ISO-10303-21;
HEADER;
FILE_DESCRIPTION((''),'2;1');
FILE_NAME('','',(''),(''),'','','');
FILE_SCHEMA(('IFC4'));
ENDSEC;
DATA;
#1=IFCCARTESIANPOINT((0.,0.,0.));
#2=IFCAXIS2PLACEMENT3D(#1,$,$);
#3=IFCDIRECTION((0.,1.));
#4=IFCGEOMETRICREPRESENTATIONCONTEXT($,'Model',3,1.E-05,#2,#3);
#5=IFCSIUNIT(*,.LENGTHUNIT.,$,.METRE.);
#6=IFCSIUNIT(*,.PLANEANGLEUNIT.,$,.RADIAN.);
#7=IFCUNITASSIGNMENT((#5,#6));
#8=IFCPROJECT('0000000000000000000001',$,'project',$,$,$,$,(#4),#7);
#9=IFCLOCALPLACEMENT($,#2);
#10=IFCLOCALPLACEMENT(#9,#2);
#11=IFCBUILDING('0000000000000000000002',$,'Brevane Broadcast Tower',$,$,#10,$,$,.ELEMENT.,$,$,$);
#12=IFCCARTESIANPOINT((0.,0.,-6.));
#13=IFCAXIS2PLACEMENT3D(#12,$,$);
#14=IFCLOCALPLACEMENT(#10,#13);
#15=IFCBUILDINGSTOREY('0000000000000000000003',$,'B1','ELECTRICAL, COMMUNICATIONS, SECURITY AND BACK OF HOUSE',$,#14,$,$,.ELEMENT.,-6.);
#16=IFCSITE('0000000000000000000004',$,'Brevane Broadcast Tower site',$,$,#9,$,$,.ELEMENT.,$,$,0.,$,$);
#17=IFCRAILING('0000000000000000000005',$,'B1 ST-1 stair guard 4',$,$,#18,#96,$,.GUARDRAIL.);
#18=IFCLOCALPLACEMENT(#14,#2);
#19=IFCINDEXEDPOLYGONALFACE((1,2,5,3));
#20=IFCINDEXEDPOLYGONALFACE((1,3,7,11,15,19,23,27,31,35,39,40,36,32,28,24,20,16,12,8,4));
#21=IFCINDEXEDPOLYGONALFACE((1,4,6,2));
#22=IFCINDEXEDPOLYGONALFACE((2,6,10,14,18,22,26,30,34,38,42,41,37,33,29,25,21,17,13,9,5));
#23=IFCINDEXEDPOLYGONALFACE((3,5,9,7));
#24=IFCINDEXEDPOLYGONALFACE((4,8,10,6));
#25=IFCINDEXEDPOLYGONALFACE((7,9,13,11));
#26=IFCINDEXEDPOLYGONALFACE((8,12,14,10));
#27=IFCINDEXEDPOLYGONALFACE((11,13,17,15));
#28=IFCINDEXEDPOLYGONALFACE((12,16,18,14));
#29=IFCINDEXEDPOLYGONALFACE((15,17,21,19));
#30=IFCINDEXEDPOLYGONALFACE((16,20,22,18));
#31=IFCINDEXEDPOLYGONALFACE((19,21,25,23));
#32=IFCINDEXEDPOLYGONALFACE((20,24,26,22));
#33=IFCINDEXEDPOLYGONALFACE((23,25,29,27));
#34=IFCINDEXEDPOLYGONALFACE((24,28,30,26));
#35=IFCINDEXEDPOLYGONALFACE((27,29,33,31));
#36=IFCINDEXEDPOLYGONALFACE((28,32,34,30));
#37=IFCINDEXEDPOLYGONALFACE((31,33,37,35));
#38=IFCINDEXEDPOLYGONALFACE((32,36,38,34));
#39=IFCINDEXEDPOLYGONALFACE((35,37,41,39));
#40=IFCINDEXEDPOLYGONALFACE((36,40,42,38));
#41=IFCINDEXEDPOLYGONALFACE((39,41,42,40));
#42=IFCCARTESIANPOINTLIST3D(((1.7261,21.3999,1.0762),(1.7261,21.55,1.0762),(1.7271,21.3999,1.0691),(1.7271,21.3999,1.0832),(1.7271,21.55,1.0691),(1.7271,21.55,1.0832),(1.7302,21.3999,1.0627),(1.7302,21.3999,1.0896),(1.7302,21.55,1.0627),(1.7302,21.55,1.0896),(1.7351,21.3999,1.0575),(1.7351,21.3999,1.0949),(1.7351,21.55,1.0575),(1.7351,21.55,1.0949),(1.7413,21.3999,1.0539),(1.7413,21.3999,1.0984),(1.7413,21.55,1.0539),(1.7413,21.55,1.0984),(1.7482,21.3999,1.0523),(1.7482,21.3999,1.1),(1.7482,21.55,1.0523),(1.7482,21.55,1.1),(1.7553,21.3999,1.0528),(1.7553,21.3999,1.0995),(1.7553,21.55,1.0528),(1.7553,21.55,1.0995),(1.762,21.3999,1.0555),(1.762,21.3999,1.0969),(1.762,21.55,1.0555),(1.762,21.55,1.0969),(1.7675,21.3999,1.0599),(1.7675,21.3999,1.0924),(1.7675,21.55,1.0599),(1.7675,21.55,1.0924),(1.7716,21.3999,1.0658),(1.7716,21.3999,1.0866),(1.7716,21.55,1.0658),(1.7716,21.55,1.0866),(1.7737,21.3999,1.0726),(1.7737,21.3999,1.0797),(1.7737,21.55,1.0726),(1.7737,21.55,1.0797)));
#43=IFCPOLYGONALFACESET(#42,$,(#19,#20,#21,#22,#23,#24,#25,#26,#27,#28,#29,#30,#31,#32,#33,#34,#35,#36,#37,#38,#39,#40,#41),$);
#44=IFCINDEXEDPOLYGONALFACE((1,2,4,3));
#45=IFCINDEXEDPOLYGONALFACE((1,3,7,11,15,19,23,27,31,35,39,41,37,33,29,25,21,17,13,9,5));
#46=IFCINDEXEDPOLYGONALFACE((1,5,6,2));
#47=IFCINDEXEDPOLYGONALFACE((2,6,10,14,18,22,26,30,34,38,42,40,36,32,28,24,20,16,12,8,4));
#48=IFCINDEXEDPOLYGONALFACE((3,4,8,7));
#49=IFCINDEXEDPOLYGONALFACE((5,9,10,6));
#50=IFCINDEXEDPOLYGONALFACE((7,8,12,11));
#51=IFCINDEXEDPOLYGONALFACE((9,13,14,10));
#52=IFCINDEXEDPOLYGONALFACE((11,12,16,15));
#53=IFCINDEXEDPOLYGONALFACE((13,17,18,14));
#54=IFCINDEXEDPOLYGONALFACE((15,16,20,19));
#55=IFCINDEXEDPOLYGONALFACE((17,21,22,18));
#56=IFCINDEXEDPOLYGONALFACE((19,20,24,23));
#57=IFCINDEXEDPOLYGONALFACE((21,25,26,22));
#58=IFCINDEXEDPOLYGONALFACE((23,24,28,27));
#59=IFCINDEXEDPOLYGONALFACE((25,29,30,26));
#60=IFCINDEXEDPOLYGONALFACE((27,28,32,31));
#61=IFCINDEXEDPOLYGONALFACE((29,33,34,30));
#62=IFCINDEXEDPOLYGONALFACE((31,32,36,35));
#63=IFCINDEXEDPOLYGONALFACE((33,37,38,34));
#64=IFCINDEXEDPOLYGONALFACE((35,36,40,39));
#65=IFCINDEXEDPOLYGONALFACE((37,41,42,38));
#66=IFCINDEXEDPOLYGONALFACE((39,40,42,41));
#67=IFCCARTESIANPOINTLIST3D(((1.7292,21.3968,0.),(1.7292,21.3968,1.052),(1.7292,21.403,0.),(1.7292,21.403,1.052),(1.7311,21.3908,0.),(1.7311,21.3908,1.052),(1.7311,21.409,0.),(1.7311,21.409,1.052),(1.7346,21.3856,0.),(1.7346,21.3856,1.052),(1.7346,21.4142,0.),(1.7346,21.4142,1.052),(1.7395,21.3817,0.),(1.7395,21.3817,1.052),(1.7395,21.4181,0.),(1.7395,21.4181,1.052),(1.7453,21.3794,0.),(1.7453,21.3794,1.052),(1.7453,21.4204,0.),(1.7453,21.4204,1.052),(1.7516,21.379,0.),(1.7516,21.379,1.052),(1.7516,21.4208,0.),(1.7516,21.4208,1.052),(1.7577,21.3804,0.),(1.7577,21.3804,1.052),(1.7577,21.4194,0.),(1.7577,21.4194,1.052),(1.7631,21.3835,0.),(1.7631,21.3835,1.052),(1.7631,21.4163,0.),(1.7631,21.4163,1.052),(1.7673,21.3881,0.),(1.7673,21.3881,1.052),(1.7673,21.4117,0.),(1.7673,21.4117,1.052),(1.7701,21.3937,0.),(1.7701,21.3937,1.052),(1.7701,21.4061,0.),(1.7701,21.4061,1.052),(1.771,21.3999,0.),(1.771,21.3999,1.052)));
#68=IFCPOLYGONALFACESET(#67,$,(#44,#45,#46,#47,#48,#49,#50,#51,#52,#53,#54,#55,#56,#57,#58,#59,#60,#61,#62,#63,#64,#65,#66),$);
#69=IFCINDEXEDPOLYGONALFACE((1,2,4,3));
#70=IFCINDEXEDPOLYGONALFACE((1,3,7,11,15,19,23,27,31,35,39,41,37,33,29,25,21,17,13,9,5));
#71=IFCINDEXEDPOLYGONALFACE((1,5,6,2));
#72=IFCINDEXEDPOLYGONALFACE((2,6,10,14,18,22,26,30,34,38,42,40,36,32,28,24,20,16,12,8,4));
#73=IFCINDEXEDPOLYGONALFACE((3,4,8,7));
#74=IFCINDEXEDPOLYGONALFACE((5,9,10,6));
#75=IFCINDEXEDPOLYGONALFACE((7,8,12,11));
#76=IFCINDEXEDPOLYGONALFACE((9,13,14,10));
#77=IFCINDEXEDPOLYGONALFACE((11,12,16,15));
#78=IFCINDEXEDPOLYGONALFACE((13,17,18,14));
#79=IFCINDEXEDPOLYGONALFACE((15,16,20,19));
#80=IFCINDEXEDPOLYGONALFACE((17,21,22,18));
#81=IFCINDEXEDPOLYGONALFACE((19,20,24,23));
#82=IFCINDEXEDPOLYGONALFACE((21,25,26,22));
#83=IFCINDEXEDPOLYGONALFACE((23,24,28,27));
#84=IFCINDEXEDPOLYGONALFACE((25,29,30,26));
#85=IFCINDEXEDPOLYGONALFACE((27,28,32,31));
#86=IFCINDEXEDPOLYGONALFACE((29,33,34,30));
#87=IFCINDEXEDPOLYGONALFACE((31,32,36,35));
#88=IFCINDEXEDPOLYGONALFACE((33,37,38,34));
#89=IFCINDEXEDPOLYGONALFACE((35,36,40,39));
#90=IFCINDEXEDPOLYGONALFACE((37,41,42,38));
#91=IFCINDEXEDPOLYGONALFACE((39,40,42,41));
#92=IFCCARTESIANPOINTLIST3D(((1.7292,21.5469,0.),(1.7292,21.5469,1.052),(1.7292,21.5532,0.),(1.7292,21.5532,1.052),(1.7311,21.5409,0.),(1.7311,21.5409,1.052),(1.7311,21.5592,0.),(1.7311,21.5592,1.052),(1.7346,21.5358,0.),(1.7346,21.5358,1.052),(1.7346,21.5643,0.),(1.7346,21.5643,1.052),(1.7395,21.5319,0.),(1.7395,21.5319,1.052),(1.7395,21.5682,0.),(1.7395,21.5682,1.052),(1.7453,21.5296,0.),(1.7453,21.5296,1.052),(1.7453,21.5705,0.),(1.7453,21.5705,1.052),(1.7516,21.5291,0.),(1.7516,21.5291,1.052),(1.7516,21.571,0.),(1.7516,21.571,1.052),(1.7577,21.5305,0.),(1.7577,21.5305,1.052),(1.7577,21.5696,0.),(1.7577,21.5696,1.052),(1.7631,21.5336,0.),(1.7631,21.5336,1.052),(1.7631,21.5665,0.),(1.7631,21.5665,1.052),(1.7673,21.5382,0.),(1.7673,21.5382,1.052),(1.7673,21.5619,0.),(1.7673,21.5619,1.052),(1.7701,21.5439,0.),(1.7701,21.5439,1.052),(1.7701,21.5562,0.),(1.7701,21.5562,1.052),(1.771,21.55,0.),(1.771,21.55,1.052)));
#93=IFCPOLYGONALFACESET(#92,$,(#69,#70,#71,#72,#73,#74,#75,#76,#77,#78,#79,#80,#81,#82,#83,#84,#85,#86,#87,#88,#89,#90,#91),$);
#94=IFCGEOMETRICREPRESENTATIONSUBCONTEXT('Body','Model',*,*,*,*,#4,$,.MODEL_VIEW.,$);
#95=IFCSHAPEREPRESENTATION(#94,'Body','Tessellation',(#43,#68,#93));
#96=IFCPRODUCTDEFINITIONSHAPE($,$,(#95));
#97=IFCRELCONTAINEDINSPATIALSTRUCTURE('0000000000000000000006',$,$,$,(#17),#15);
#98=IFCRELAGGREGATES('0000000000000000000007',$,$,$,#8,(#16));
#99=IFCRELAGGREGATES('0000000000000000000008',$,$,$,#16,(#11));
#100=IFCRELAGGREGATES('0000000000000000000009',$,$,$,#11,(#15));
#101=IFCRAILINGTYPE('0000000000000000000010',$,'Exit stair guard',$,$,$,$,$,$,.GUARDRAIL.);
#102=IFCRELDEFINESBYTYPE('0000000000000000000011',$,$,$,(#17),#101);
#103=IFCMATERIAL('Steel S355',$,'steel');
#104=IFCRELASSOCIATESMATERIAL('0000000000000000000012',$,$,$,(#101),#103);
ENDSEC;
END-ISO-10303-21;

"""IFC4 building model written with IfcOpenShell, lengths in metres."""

from ifc_helpers import new_model, si_unit, direction, frame, origin, origin_2d, place, context, subcontext, project, spatial, circle, extrude, material, type_object, element, save


model = new_model("IFC4")

# Units and contexts
model_context = context("Model", 3, precision=1e-05, world=origin(), true_north=direction((0.0, 1.0)))
body_context = subcontext(model_context, "Body", "Model", "MODEL_VIEW")
ifc_project = project(units=[si_unit("LENGTHUNIT", "METRE"), si_unit("PLANEANGLEUNIT", "RADIAN")], contexts=[model_context])

# Site, building, storey
site_placement = place(None, origin())
site = spatial("IfcSite", under=ifc_project, at=site_placement, Name="Brevane Broadcast Tower site", CompositionType="ELEMENT", RefElevation=0.0)
building_placement = place(site_placement, origin())
building = spatial("IfcBuilding", under=site, at=building_placement, Name="Brevane Broadcast Tower", CompositionType="ELEMENT")
storey_placement = place(building_placement, frame((0.0, 0.0, -6.0)))
storey = spatial("IfcBuildingStorey", under=building, at=storey_placement, Name="B1", Description="ELECTRICAL, COMMUNICATIONS, SECURITY AND BACK OF HOUSE", CompositionType="ELEMENT", Elevation=-6.0)

# Railing
ifc_material_1 = material(Name="Steel S355", Category="steel")
railing_type_1 = type_object("IfcRailingType", Name="Exit stair guard", PredefinedType="GUARDRAIL", material=ifc_material_1)
railing_1_placement = place(storey_placement, frame((1.75, 21.3999, 0.0)))
element("IfcRailing", 1, at=railing_1_placement, inside=storey, type_object=railing_type_1, Name="B1 ST-1 stair guard 4", PredefinedType="GUARDRAIL", context=body_context, shape_type="SweptSolid", body=[
    extrude(circle(Radius=0.0239, at=origin_2d()), frame((0.0, 0.0, 1.0762), z_axis=(0.0, 1.0, 0.0), x_axis=(-1.0, 0.0, 0.0)), (0.0, 0.0, 1.0), 0.1501),
    extrude(circle(Radius=0.021, at=origin_2d()), origin(), (0.0, 0.0, 1.0), 1.052),
    extrude(circle(Radius=0.021, at=origin_2d()), frame((0.0, 0.1501, 0.0)), (0.0, 0.0, 1.0), 1.052),
])

save(model, "model.ifc")
